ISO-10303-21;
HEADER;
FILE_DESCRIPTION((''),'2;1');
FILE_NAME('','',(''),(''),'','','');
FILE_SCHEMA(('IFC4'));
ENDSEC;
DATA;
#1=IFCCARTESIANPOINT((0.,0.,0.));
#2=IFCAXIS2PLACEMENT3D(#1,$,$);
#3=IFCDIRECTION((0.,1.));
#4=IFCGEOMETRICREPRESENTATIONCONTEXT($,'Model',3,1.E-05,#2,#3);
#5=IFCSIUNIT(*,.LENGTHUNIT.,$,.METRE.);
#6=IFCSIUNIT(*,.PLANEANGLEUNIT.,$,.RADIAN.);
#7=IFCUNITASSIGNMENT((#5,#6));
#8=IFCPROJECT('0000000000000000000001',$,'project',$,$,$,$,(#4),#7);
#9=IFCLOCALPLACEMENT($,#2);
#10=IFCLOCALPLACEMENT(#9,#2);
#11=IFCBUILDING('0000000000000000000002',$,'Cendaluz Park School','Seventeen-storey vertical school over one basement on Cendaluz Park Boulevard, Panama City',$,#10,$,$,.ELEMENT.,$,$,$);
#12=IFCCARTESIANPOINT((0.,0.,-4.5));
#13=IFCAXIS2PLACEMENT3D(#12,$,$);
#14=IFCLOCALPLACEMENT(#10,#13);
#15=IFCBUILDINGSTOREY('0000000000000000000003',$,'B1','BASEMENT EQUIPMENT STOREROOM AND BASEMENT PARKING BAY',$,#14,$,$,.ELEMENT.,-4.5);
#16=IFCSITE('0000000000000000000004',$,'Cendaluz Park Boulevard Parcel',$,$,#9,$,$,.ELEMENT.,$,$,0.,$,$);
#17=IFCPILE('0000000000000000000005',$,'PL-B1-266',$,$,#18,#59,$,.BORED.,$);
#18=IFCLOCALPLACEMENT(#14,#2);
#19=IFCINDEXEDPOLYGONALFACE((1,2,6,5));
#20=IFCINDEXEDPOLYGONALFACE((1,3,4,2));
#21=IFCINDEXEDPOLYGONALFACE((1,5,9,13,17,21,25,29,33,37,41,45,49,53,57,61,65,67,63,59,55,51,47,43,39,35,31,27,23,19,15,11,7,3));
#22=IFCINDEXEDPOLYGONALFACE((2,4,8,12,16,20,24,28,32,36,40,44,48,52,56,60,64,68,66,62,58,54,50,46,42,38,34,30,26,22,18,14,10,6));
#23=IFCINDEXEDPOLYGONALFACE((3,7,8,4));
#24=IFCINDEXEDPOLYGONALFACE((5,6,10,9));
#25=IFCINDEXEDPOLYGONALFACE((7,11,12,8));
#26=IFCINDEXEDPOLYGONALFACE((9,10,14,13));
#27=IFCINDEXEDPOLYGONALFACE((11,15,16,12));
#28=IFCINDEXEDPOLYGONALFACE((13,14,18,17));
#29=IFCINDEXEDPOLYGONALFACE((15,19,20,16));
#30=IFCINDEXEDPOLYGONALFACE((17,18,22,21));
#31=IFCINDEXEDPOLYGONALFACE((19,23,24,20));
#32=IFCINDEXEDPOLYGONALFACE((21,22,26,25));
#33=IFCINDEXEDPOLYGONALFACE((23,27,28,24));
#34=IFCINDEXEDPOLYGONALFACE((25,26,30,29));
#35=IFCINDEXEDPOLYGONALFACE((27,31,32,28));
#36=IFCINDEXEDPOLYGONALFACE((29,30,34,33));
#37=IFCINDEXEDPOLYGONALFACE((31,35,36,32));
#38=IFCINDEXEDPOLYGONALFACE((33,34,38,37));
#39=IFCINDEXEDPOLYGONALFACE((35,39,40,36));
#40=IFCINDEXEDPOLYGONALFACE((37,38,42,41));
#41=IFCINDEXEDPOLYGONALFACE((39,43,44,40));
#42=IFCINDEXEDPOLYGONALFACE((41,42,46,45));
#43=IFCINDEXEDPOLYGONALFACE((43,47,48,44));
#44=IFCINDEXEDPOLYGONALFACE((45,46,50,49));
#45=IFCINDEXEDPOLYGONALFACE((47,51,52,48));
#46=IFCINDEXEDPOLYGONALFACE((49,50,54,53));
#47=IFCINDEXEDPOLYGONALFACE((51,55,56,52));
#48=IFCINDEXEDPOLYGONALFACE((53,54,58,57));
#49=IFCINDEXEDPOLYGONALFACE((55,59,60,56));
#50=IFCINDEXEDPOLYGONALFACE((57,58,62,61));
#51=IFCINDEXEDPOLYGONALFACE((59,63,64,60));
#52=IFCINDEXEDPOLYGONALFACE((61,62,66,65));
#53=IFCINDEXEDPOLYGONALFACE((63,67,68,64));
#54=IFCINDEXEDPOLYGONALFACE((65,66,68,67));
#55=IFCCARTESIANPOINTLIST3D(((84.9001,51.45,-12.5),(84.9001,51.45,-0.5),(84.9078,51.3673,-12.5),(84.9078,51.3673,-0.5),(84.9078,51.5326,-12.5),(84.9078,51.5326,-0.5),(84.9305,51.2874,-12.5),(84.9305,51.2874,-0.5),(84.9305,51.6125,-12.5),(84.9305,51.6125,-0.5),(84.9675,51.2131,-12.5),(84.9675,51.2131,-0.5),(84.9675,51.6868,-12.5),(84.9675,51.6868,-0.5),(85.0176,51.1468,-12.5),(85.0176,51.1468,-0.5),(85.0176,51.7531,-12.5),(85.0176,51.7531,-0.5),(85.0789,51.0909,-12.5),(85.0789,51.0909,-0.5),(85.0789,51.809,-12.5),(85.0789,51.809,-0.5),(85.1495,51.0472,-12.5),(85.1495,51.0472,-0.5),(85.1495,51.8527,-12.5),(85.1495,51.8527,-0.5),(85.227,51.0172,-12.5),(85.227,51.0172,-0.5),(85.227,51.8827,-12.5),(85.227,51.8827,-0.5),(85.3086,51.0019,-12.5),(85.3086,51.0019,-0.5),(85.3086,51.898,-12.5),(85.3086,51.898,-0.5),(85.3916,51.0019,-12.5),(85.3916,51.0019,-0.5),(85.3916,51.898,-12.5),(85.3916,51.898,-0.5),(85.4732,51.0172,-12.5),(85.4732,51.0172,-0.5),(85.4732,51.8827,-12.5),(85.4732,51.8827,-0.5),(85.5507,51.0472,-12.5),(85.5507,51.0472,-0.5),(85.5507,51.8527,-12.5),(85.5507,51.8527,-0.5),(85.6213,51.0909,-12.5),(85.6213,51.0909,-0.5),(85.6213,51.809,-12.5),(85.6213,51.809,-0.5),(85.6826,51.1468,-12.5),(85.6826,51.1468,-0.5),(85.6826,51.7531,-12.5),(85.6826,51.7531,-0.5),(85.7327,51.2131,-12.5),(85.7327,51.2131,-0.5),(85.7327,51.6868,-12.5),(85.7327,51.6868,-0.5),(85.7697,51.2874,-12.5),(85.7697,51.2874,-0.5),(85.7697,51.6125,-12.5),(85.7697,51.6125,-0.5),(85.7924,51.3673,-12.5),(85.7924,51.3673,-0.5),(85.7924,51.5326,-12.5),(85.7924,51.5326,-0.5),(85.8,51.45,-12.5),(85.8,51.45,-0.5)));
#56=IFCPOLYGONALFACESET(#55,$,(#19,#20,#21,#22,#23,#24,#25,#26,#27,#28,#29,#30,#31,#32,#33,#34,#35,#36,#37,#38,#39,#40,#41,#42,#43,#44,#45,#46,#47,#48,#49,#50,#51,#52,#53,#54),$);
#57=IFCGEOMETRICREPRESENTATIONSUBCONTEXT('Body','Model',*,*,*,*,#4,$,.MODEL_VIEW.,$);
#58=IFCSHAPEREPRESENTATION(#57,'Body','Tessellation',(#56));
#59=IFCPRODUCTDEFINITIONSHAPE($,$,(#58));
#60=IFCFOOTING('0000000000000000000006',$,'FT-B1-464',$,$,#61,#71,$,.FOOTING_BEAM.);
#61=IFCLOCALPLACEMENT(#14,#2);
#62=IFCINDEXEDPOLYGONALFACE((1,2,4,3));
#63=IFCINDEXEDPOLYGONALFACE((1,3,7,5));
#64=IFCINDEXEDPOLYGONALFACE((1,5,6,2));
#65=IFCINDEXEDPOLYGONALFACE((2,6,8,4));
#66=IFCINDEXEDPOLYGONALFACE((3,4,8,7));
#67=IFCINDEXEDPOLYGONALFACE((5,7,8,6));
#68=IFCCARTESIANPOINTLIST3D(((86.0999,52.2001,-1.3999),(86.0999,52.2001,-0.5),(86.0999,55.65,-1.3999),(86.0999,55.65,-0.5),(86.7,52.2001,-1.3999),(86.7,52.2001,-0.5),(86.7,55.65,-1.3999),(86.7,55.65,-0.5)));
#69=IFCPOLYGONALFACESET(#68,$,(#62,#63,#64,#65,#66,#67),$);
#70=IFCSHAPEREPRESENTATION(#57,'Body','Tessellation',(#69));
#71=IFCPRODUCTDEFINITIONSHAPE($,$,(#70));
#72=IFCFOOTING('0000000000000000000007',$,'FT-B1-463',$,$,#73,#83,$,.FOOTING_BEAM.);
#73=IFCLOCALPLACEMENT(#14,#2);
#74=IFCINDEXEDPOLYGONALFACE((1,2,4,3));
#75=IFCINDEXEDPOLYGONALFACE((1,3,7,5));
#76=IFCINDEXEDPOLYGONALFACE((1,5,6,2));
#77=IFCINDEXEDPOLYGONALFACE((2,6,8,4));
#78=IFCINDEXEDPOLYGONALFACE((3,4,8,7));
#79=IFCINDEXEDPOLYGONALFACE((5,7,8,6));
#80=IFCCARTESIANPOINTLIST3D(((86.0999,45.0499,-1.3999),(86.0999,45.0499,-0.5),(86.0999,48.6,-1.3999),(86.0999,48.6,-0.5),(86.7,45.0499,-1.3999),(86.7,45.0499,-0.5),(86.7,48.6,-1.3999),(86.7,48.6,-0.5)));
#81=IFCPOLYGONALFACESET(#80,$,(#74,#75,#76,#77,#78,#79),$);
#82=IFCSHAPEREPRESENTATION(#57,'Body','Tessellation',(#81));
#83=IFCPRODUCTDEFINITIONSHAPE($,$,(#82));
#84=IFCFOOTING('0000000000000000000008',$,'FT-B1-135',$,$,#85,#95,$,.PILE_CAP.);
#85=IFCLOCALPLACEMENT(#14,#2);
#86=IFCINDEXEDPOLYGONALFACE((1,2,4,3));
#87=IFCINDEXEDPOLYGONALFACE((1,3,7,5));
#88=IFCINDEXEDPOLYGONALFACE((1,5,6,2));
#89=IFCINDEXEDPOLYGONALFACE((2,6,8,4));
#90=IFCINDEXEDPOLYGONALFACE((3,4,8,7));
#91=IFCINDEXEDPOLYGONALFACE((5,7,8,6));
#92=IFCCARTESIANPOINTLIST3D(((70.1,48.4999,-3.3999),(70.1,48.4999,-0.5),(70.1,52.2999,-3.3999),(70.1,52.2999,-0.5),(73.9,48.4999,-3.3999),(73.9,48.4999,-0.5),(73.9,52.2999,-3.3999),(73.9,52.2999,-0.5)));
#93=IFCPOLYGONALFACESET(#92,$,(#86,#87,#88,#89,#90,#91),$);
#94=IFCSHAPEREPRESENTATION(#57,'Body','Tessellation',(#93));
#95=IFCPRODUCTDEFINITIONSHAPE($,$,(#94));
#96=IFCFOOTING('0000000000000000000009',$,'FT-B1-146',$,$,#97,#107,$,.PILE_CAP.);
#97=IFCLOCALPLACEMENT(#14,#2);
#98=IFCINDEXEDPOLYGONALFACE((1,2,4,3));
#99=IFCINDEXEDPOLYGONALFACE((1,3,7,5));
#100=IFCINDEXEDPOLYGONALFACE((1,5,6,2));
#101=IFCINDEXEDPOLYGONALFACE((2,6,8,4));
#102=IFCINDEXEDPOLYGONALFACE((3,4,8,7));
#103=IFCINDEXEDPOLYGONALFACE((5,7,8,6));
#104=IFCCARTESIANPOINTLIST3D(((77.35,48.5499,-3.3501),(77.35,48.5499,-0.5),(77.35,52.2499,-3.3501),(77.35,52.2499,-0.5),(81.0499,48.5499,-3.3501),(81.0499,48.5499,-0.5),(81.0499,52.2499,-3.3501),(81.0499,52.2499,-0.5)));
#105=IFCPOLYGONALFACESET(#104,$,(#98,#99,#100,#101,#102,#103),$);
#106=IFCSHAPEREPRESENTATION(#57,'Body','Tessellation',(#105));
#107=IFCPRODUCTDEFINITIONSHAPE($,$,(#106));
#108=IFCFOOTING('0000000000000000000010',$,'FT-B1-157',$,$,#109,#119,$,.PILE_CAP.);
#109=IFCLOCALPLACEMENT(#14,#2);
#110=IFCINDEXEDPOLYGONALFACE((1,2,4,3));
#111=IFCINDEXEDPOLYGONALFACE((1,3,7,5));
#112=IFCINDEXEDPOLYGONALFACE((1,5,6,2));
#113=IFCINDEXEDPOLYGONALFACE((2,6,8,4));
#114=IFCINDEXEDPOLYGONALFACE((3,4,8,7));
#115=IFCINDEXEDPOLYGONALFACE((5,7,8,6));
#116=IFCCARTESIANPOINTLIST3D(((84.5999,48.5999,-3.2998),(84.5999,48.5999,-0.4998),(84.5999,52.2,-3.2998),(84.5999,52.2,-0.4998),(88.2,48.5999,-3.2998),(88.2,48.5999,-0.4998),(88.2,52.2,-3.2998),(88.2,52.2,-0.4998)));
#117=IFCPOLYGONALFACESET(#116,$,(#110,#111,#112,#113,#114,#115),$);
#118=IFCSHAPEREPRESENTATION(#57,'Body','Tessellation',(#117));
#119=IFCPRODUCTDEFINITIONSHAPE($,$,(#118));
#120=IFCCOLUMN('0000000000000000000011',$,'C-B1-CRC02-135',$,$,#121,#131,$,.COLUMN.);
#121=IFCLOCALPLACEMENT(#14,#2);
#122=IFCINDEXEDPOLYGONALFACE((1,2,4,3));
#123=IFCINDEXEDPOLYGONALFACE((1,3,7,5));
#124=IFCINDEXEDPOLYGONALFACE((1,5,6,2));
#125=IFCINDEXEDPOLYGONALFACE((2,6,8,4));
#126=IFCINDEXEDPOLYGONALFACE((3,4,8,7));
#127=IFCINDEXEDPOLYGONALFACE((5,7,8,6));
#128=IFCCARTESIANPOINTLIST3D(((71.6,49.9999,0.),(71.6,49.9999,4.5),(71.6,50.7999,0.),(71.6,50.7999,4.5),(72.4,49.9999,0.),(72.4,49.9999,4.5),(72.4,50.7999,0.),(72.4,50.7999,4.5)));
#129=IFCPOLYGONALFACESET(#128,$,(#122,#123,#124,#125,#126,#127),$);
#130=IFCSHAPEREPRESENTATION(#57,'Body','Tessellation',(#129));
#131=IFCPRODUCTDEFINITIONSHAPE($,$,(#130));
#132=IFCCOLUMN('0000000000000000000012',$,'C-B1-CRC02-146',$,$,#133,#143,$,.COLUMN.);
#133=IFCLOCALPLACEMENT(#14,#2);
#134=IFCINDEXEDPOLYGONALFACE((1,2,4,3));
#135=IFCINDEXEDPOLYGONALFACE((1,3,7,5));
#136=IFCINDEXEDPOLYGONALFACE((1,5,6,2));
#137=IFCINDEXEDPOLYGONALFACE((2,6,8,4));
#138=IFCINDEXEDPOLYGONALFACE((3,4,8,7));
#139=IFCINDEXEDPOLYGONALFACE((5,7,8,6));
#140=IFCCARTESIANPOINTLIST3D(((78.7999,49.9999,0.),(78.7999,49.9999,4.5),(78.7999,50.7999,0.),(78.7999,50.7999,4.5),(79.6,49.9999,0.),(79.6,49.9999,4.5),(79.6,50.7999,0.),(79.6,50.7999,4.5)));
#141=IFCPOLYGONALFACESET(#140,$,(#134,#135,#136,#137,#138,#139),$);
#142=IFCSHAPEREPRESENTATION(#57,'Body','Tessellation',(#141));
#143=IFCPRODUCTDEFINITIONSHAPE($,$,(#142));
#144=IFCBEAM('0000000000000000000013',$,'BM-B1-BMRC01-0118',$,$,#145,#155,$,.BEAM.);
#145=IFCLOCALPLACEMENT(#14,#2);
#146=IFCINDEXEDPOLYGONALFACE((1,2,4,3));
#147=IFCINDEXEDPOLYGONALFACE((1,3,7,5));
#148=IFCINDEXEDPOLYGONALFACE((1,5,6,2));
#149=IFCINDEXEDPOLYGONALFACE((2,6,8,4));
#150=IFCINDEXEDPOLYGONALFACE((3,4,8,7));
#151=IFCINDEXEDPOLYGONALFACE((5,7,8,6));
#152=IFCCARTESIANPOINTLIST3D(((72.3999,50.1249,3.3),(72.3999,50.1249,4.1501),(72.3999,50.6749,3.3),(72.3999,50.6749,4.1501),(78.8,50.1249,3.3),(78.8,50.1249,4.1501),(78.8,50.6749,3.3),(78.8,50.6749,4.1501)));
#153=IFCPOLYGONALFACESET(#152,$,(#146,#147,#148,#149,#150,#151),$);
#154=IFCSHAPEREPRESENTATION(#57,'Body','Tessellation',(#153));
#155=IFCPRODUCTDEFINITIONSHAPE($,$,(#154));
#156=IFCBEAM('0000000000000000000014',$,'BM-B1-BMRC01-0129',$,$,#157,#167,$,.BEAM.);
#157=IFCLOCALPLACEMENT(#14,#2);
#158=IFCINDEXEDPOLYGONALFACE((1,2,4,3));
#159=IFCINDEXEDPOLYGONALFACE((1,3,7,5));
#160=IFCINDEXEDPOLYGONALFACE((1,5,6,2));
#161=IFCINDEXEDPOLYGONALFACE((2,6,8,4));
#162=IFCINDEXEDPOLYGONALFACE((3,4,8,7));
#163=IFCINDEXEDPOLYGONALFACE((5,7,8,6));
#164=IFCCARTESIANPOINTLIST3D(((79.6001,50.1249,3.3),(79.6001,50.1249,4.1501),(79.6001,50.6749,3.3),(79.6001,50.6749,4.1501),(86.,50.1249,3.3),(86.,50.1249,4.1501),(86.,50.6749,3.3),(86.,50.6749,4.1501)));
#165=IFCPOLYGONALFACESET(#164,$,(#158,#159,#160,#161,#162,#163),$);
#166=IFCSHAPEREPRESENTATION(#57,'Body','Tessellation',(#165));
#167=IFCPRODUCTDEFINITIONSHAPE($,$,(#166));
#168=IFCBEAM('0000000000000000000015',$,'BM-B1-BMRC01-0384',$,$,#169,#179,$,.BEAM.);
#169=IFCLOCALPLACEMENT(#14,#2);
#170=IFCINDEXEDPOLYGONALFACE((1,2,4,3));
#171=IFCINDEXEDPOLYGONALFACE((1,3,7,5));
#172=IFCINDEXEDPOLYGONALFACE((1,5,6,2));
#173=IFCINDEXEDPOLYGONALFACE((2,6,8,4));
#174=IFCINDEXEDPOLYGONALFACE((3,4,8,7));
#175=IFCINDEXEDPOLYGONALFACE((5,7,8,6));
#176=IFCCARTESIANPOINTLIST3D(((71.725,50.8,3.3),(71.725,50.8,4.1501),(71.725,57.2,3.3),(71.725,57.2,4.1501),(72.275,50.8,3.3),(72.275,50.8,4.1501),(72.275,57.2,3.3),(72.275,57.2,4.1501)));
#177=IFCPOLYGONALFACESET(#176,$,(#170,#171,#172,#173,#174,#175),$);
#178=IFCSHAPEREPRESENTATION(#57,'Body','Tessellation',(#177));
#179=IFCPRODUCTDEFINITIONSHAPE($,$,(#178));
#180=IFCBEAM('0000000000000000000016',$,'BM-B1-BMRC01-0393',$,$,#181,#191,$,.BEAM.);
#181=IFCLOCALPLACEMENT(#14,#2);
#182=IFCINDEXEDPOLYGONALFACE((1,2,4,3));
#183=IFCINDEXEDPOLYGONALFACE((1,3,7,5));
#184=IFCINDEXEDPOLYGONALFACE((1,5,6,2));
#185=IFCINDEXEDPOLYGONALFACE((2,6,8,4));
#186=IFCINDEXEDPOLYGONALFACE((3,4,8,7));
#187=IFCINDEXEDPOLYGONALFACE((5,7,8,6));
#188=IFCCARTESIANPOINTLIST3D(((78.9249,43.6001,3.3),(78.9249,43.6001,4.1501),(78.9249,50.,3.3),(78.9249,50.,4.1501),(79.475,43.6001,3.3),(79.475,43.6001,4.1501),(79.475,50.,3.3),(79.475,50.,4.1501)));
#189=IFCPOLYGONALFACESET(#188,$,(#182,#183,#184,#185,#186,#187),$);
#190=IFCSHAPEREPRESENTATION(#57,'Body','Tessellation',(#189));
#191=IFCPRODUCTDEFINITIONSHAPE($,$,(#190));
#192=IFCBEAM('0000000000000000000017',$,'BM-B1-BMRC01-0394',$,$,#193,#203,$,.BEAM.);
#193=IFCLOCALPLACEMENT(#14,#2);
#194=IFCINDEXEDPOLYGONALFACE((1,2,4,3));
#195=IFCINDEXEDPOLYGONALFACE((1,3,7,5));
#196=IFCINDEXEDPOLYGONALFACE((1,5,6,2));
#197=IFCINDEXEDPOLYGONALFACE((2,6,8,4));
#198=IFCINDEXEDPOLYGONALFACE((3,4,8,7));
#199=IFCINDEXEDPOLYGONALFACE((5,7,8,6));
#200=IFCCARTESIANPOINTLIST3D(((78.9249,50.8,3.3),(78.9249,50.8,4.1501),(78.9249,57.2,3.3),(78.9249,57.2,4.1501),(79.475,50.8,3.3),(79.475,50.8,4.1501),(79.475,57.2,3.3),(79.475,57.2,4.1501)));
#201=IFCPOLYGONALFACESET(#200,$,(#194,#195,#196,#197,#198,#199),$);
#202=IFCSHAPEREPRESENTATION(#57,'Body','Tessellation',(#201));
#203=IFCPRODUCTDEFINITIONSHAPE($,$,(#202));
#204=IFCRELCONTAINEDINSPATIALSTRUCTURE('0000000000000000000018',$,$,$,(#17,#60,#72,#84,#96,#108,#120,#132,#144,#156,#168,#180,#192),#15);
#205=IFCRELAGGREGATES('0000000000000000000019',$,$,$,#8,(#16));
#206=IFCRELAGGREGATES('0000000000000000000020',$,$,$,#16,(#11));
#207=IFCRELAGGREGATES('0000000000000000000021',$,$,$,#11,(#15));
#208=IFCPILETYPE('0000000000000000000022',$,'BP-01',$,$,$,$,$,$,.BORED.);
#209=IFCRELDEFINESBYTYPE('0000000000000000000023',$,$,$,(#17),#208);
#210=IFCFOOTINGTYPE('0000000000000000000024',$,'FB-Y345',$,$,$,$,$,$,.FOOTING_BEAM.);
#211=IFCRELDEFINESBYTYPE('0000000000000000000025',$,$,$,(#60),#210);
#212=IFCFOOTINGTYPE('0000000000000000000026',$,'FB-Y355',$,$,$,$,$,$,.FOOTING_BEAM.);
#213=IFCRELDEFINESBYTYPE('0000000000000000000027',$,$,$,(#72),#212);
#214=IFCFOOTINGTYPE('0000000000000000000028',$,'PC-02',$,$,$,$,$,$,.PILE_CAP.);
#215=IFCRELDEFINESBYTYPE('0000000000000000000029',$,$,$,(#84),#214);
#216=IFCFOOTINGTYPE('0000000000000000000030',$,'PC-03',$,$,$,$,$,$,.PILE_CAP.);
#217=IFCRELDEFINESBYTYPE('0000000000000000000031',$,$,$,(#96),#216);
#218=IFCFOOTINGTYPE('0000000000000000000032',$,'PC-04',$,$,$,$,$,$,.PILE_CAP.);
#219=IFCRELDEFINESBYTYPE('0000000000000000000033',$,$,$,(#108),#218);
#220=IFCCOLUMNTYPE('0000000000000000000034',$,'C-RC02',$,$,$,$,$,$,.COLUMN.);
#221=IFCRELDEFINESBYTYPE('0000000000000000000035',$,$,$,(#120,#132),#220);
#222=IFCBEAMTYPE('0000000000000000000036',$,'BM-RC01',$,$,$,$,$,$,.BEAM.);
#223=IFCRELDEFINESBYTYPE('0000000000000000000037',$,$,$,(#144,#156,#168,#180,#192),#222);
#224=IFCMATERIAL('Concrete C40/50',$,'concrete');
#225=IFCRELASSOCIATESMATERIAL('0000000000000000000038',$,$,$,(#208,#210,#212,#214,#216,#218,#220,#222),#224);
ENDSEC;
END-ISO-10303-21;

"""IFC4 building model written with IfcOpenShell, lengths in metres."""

from ifc_helpers import new_model, si_unit, direction, frame, origin, origin_2d, place, context, subcontext, project, spatial, rectangle, circle, extrude, material, material_profile, profile_set, type_object, element, save


model = new_model("IFC4")

# Units and contexts
model_context = context("Model", 3, precision=1e-05, world=origin(), true_north=direction((0.0, 1.0)))
body_context = subcontext(model_context, "Body", "Model", "MODEL_VIEW")
ifc_project = project(units=[si_unit("LENGTHUNIT", "METRE"), si_unit("PLANEANGLEUNIT", "RADIAN")], contexts=[model_context])

# Site, building, storey
site_placement = place(None, origin())
site = spatial("IfcSite", under=ifc_project, at=site_placement, Name="Cendaluz Park Boulevard Parcel", CompositionType="ELEMENT", RefElevation=0.0)
building_placement = place(site_placement, origin())
building = spatial("IfcBuilding", under=site, at=building_placement, Name="Cendaluz Park School", Description="Seventeen-storey vertical school over one basement on Cendaluz Park Boulevard, Panama City", CompositionType="ELEMENT")
storey_placement = place(building_placement, frame((0.0, 0.0, -4.5)))
storey = spatial("IfcBuildingStorey", under=building, at=storey_placement, Name="B1", Description="BASEMENT EQUIPMENT STOREROOM AND BASEMENT PARKING BAY", CompositionType="ELEMENT", Elevation=-4.5)

# Pile
ifc_material_1 = material(Name="Concrete C40/50", Category="concrete")
ifc_material_profile_1 = material_profile(ifc_material_1, circle(Radius=0.45, at=origin_2d()), Name="BP D900", Category="concrete")
ifc_profile_set_1 = profile_set([ifc_material_profile_1], Name="Concrete C40/50")
pile_type = type_object("IfcPileType", Name="BP-01", PredefinedType="BORED", material=ifc_profile_set_1)
for number, where, z_axis, x_axis, name in (
    (1, (85.3501, 51.45, -0.5), (0.0, 0.0, -1.0), (1.0, 0.0, 0.0), "PL-B1-266"),
):
    element("IfcPile", number, at=place(storey_placement, frame(where, z_axis=z_axis, x_axis=x_axis)), inside=storey, type_object=pile_type, Name=name, PredefinedType="BORED", context=body_context, shape_type="SweptSolid", body=[
        extrude(circle(Radius=0.45, at=origin_2d()), origin(), (0.0, 0.0, 1.0), 12.0),
    ])

# Footings
footing_type_1 = type_object("IfcFootingType", Name="FB-Y345", PredefinedType="FOOTING_BEAM", material=ifc_material_1)
footing_1_placement = place(storey_placement, frame((86.3999, 53.925, -1.3999), z_axis=(0.0, 0.0, 1.0), x_axis=(1.0, 0.0, 0.0)))
element("IfcFooting", 2, at=footing_1_placement, inside=storey, type_object=footing_type_1, Name="FT-B1-464", PredefinedType="FOOTING_BEAM", context=body_context, shape_type="SweptSolid", body=[
    extrude(rectangle(XDim=0.6001, YDim=3.45, at=origin_2d()), origin(), (0.0, 0.0, 1.0), 0.8999),
])
footing_type_2 = type_object("IfcFootingType", Name="FB-Y355", PredefinedType="FOOTING_BEAM", material=ifc_material_1)
footing_2_placement = place(storey_placement, frame((86.3999, 46.825, -1.3999), z_axis=(0.0, 0.0, 1.0), x_axis=(1.0, 0.0, 0.0)))
element("IfcFooting", 3, at=footing_2_placement, inside=storey, type_object=footing_type_2, Name="FT-B1-463", PredefinedType="FOOTING_BEAM", context=body_context, shape_type="SweptSolid", body=[
    extrude(rectangle(XDim=0.6001, YDim=3.55, at=origin_2d()), origin(), (0.0, 0.0, 1.0), 0.8999),
])
footing_type_3 = type_object("IfcFootingType", Name="PC-02", PredefinedType="PILE_CAP", material=ifc_material_1)
footing_3_placement = place(storey_placement, frame((72.0, 50.3999, -3.3999), z_axis=(0.0, 0.0, 1.0), x_axis=(1.0, 0.0, 0.0)))
element("IfcFooting", 4, at=footing_3_placement, inside=storey, type_object=footing_type_3, Name="FT-B1-135", PredefinedType="PILE_CAP", context=body_context, shape_type="SweptSolid", body=[
    extrude(rectangle(XDim=3.8, YDim=3.8, at=origin_2d()), origin(), (0.0, 0.0, 1.0), 2.8999),
])
footing_type_4 = type_object("IfcFootingType", Name="PC-03", PredefinedType="PILE_CAP", material=ifc_material_1)
footing_4_placement = place(storey_placement, frame((79.2, 50.3999, -3.3501), z_axis=(0.0, 0.0, 1.0), x_axis=(1.0, 0.0, 0.0)))
element("IfcFooting", 5, at=footing_4_placement, inside=storey, type_object=footing_type_4, Name="FT-B1-146", PredefinedType="PILE_CAP", context=body_context, shape_type="SweptSolid", body=[
    extrude(rectangle(XDim=3.7, YDim=3.7, at=origin_2d()), origin(), (0.0, 0.0, 1.0), 2.8501),
])
footing_type_5 = type_object("IfcFootingType", Name="PC-04", PredefinedType="PILE_CAP", material=ifc_material_1)
footing_5_placement = place(storey_placement, frame((86.3999, 50.3999, -3.2998), z_axis=(0.0, 0.0, 1.0), x_axis=(1.0, 0.0, 0.0)))
element("IfcFooting", 6, at=footing_5_placement, inside=storey, type_object=footing_type_5, Name="FT-B1-157", PredefinedType="PILE_CAP", context=body_context, shape_type="SweptSolid", body=[
    extrude(rectangle(XDim=3.6001, YDim=3.6001, at=origin_2d()), origin(), (0.0, 0.0, 1.0), 2.8),
])

# Columns
ifc_material_profile_2 = material_profile(ifc_material_1, rectangle(XDim=0.8, YDim=0.8, at=origin_2d()), Name="RC 800x800", Category="concrete")
ifc_profile_set_2 = profile_set([ifc_material_profile_2], Name="Concrete C40/50")
column_type = type_object("IfcColumnType", Name="C-RC02", PredefinedType="COLUMN", material=ifc_profile_set_2)
for number, where, z_axis, x_axis, name in (
    (7, (72.0, 50.3999, 0.0), (0.0, 0.0, 1.0), (1.0, 0.0, 0.0), "C-B1-CRC02-135"),
    (8, (79.2, 50.3999, 0.0), (0.0, 0.0, 1.0), (1.0, 0.0, 0.0), "C-B1-CRC02-146"),
):
    element("IfcColumn", number, at=place(storey_placement, frame(where, z_axis=z_axis, x_axis=x_axis)), inside=storey, type_object=column_type, Name=name, PredefinedType="COLUMN", context=body_context, shape_type="SweptSolid", body=[
        extrude(rectangle(XDim=0.8, YDim=0.8, at=origin_2d()), origin(), (0.0, 0.0, 1.0), 4.5),
    ])

# Beams
ifc_material_profile_3 = material_profile(ifc_material_1, rectangle(XDim=0.55, YDim=0.8501, at=origin_2d()), Name="RC 550x850", Category="concrete")
ifc_profile_set_3 = profile_set([ifc_material_profile_3], Name="Concrete C40/50")
beam_type = type_object("IfcBeamType", Name="BM-RC01", PredefinedType="BEAM", material=ifc_profile_set_3)
beam_placement = place(storey_placement, frame((72.3999, 50.3999, 3.7251), z_axis=(1.0, 0.0, 0.0), x_axis=(0.0, 1.0, 0.0)))
element("IfcBeam", 9, at=beam_placement, inside=storey, type_object=beam_type, Name="BM-B1-BMRC01-0118", PredefinedType="BEAM", context=body_context, shape_type="SweptSolid", body=[
    extrude(rectangle(XDim=0.55, YDim=0.8501, at=origin_2d()), origin(), (0.0, 0.0, 1.0), 6.4001),
])
for number, where, z_axis, x_axis, name in (
    (10, (79.6001, 50.3999, 3.7251), (1.0, 0.0, 0.0), (0.0, 1.0, 0.0), "BM-B1-BMRC01-0129"),
    (11, (72.0, 50.8, 3.7251), (0.0, 1.0, 0.0), (-1.0, 0.0, 0.0), "BM-B1-BMRC01-0384"),
    (12, (79.2, 43.6001, 3.7251), (0.0, 1.0, 0.0), (-1.0, 0.0, 0.0), "BM-B1-BMRC01-0393"),
    (13, (79.2, 50.8, 3.7251), (0.0, 1.0, 0.0), (-1.0, 0.0, 0.0), "BM-B1-BMRC01-0394"),
):
    element("IfcBeam", number, at=place(storey_placement, frame(where, z_axis=z_axis, x_axis=x_axis)), inside=storey, type_object=beam_type, Name=name, PredefinedType="BEAM", context=body_context, shape_type="SweptSolid", body=[
        extrude(rectangle(XDim=0.55, YDim=0.8501, at=origin_2d()), origin(), (0.0, 0.0, 1.0), 6.3999),
    ])

save(model, "model.ifc")
